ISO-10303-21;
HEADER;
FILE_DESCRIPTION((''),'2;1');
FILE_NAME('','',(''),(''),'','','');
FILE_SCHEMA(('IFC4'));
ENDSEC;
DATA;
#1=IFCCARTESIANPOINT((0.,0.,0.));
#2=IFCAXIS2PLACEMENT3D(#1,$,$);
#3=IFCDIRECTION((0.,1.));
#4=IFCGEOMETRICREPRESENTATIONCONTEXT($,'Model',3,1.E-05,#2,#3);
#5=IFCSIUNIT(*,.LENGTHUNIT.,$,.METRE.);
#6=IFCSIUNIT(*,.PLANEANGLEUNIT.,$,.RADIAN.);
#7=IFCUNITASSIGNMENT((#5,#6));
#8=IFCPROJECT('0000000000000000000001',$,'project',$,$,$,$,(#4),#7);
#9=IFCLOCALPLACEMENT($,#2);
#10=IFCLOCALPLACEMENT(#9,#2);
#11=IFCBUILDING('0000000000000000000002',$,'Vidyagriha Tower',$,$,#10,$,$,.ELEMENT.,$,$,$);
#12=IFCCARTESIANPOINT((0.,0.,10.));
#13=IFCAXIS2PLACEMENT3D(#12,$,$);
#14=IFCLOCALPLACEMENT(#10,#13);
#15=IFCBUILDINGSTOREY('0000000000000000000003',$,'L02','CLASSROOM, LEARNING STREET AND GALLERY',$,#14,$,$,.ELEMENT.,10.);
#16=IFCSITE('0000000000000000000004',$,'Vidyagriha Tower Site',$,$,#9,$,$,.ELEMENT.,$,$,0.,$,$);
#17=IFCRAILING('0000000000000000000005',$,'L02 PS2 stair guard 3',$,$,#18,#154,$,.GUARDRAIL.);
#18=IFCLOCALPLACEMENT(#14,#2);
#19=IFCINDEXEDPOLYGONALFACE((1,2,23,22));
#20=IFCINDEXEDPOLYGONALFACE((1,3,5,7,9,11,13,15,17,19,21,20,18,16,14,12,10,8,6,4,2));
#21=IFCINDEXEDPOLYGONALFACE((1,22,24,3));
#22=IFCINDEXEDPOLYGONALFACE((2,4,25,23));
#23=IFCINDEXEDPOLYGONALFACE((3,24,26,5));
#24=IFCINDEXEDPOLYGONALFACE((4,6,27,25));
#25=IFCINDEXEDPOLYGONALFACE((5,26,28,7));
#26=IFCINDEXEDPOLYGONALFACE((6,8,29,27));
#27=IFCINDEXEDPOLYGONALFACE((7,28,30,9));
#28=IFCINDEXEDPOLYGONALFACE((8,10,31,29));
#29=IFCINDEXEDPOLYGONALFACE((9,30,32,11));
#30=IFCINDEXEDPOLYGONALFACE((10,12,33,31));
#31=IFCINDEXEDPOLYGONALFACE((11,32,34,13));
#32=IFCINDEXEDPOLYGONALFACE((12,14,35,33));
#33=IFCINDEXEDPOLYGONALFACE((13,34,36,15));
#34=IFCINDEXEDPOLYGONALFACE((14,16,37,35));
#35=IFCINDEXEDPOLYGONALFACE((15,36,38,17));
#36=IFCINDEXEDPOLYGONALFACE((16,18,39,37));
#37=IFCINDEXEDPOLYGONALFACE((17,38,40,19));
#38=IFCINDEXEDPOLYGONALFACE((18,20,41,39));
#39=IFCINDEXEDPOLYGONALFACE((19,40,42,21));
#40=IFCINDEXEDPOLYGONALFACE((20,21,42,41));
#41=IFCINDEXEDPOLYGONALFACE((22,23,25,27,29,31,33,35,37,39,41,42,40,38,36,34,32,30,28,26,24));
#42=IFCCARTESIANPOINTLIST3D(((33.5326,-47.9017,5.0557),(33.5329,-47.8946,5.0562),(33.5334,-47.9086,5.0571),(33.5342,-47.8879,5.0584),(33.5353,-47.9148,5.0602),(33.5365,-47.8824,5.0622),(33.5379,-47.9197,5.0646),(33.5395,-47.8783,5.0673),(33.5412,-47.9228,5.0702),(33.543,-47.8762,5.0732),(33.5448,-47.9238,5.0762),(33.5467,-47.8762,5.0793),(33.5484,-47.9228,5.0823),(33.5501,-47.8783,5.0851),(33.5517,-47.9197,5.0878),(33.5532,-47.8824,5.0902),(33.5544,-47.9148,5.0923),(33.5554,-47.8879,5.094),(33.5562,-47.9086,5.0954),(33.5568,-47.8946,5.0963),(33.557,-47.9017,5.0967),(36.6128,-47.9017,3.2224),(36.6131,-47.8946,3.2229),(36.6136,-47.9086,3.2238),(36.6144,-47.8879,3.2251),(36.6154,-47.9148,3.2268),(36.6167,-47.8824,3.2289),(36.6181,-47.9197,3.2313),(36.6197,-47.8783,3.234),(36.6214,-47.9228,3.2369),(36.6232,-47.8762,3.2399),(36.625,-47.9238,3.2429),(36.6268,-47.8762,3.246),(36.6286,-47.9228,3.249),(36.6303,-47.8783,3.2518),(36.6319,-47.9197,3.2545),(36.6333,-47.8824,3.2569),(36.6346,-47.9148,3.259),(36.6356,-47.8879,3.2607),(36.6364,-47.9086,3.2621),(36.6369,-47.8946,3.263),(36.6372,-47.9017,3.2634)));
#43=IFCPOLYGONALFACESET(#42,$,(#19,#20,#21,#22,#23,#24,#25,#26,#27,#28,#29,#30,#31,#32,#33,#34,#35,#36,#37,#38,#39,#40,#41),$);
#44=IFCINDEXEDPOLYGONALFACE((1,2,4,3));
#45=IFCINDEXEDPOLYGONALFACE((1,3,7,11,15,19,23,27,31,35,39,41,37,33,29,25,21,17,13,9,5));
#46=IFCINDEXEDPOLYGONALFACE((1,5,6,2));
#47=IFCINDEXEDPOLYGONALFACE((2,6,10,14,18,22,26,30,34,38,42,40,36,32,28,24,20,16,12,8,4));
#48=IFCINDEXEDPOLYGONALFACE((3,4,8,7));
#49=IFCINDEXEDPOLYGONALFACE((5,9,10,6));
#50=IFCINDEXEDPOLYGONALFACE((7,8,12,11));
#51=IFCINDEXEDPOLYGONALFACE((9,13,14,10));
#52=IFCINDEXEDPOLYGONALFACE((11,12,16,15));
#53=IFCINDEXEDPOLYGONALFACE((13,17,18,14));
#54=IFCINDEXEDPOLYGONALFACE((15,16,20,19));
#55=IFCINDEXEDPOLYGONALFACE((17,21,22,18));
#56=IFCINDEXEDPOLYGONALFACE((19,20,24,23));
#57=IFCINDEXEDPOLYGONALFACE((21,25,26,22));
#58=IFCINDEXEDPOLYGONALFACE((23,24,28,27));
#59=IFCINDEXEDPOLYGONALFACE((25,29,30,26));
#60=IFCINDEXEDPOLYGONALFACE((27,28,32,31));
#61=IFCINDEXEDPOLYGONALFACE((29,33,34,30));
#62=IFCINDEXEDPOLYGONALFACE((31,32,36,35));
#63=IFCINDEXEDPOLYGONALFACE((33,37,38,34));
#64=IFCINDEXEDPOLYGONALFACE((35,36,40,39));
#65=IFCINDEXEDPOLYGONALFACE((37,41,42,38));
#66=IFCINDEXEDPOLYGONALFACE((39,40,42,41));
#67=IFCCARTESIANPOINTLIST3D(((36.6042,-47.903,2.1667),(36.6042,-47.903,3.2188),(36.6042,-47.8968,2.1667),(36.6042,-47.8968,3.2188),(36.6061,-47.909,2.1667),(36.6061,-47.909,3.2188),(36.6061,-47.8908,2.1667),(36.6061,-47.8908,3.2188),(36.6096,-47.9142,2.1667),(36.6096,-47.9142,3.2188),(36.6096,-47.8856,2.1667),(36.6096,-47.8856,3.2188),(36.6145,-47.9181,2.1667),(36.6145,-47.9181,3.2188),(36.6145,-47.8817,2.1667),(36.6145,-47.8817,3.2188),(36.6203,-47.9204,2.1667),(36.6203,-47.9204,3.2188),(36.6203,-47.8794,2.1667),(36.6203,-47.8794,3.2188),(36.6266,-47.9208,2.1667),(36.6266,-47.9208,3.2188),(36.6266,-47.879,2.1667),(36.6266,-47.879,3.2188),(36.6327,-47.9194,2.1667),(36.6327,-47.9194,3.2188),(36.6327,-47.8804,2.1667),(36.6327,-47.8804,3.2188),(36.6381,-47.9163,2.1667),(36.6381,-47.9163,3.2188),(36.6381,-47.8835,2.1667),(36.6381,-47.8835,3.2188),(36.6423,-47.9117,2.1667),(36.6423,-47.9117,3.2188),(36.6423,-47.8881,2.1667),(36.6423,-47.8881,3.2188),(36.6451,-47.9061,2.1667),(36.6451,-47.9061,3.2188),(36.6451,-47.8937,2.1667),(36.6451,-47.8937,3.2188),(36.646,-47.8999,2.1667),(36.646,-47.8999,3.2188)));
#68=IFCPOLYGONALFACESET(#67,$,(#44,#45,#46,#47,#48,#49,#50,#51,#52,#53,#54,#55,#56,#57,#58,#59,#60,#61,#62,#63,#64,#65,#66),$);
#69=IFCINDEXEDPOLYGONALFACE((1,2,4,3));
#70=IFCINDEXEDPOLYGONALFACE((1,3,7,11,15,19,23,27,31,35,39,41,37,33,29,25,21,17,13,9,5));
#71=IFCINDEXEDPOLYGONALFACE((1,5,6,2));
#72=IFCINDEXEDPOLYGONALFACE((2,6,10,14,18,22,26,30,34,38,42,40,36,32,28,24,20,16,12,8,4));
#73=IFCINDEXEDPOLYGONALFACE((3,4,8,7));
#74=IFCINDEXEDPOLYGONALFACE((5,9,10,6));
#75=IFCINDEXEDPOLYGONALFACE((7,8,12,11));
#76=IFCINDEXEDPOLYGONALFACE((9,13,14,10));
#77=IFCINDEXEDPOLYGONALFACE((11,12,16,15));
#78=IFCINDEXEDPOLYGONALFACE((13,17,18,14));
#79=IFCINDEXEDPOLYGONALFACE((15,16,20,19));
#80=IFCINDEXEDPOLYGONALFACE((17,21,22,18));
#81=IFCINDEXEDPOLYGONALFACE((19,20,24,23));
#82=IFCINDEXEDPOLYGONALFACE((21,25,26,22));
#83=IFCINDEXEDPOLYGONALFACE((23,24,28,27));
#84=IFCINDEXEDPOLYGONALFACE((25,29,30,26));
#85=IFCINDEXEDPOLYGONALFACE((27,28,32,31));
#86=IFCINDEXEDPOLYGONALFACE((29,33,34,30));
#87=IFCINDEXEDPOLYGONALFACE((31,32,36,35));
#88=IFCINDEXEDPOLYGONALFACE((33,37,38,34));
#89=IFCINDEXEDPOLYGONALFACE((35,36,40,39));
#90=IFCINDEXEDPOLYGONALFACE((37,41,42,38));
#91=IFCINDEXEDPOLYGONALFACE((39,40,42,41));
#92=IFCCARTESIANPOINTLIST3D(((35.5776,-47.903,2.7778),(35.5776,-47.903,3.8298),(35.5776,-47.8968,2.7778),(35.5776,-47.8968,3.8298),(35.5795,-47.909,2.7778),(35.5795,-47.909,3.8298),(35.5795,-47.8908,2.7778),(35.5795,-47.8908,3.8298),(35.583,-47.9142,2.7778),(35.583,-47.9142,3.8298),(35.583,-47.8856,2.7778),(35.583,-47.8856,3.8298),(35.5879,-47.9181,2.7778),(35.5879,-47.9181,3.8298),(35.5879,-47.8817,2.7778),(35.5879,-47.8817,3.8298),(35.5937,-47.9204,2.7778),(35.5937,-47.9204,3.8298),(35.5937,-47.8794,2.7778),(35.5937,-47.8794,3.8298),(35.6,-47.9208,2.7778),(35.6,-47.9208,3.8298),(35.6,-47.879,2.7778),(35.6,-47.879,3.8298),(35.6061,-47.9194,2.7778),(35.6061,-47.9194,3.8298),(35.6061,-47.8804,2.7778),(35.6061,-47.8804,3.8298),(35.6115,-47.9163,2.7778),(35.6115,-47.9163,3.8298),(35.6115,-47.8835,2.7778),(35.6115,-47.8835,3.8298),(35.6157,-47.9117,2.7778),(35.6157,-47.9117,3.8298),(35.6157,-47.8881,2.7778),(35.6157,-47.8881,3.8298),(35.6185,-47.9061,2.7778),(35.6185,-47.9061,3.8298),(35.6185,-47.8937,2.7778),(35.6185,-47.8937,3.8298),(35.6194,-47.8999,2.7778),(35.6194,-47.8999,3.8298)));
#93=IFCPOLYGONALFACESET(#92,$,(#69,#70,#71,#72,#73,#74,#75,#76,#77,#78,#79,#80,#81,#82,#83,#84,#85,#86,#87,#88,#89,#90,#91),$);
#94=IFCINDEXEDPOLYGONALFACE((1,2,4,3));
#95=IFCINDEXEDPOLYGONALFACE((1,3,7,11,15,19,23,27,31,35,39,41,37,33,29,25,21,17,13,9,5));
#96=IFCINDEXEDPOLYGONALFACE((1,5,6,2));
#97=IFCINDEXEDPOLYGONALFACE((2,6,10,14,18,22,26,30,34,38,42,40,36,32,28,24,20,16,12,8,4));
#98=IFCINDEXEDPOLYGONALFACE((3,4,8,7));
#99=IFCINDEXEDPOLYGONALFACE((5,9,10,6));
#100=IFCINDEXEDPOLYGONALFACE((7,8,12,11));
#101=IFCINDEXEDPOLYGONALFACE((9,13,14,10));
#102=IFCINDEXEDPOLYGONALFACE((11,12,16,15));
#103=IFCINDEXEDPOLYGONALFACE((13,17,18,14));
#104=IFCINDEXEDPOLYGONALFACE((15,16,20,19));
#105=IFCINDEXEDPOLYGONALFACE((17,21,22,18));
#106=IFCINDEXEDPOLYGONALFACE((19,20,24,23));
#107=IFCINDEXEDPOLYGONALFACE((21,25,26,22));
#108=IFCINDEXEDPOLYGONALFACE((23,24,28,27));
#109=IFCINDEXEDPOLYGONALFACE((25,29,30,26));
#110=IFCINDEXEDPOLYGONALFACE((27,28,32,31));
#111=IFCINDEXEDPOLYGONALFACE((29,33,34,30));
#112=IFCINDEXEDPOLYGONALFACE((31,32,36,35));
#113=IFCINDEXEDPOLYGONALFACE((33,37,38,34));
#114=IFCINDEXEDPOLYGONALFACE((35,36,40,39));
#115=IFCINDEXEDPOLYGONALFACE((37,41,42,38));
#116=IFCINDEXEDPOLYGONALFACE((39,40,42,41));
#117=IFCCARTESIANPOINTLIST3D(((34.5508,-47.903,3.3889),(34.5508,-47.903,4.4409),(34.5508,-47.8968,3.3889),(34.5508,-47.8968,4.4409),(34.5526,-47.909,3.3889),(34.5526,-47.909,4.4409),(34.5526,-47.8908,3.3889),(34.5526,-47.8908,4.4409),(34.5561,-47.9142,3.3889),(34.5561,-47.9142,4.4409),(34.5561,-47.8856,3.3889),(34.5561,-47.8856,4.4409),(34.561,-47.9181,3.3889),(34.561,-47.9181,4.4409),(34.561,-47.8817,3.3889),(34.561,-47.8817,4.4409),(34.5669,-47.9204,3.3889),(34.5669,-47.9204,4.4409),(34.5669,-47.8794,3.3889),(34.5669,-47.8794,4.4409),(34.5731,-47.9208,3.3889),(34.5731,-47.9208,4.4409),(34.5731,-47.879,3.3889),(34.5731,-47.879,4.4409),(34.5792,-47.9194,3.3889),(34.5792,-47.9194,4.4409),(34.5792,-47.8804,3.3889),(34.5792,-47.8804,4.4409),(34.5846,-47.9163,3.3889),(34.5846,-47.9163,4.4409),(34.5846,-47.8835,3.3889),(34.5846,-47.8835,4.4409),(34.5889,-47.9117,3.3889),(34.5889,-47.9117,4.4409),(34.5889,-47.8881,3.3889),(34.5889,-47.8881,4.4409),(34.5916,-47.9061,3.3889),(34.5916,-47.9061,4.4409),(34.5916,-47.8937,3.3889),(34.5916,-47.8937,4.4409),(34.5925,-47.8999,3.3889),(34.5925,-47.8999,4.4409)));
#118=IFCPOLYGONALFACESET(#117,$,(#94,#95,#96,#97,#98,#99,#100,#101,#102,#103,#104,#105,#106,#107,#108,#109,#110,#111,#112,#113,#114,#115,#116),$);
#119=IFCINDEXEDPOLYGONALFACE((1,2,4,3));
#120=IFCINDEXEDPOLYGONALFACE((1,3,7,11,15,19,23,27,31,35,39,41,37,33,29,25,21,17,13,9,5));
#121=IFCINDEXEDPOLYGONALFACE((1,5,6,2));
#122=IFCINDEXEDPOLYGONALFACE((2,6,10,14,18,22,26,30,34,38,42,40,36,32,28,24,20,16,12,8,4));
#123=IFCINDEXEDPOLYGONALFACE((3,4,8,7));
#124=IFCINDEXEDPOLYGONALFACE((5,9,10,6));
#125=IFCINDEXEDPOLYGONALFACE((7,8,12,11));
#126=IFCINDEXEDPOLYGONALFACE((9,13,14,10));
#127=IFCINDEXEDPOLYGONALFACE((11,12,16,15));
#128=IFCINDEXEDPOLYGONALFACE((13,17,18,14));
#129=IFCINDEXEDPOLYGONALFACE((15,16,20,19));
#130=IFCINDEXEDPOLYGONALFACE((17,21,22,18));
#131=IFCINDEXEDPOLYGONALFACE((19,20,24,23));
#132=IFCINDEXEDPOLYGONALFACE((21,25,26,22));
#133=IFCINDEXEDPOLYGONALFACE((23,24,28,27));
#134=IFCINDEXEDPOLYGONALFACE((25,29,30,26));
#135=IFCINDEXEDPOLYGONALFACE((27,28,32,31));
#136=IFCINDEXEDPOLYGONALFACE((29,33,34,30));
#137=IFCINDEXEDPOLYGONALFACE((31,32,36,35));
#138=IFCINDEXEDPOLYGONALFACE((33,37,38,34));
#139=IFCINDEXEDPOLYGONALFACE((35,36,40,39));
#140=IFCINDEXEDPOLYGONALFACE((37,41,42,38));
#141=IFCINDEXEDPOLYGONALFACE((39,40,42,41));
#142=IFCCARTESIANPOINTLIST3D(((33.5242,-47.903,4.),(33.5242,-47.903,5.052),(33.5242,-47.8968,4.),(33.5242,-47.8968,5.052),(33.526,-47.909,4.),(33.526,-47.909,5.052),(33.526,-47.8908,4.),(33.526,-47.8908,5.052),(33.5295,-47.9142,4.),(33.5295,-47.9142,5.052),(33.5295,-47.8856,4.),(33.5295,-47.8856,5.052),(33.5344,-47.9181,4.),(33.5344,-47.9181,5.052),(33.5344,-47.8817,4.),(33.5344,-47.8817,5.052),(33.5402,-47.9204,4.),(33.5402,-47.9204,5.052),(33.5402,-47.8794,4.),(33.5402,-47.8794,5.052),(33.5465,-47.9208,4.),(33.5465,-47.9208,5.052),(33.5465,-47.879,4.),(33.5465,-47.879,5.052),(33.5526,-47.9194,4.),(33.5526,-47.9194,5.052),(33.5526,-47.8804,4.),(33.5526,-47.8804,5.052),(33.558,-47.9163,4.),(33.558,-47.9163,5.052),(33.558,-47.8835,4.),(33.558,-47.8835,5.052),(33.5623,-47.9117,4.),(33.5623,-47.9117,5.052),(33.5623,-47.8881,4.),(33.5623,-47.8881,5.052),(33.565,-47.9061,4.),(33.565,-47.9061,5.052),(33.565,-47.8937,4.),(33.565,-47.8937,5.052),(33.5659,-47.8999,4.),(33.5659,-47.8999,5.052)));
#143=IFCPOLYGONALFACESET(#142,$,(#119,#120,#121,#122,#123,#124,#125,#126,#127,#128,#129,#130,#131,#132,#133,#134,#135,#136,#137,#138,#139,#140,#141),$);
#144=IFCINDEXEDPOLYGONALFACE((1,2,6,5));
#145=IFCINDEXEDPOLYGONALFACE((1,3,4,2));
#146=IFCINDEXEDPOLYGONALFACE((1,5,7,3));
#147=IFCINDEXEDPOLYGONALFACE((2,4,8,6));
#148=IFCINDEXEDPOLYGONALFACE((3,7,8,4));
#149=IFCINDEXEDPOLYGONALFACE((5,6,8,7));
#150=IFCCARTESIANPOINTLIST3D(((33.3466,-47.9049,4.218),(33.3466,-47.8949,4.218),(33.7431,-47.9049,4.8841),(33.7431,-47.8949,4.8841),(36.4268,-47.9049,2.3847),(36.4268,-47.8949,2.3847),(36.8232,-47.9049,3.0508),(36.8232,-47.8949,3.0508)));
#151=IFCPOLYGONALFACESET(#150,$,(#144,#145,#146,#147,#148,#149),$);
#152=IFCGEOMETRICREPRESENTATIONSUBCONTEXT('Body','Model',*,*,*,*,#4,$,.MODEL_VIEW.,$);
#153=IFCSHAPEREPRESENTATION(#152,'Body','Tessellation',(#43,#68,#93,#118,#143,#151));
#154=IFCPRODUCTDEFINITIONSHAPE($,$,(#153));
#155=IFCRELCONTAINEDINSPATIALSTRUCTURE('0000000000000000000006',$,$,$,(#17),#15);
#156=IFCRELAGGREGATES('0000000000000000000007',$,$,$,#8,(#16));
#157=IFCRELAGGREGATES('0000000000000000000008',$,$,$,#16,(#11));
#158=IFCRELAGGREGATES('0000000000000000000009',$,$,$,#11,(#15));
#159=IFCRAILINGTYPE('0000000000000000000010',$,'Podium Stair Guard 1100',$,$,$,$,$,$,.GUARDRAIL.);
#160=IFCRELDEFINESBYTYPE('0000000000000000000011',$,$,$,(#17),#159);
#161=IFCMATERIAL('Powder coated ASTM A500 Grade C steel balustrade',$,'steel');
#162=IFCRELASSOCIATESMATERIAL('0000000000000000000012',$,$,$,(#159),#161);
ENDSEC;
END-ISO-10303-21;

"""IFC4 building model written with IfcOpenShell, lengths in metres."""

from ifc_helpers import new_model, si_unit, direction, frame, origin, origin_2d, place, context, subcontext, project, spatial, rectangle, circle, extrude, material, type_object, element, save


model = new_model("IFC4")

# Units and contexts
model_context = context("Model", 3, precision=1e-05, world=origin(), true_north=direction((0.0, 1.0)))
body_context = subcontext(model_context, "Body", "Model", "MODEL_VIEW")
ifc_project = project(units=[si_unit("LENGTHUNIT", "METRE"), si_unit("PLANEANGLEUNIT", "RADIAN")], contexts=[model_context])

# Site, building, storey
site_placement = place(None, origin())
site = spatial("IfcSite", under=ifc_project, at=site_placement, Name="Vidyagriha Tower Site", CompositionType="ELEMENT", RefElevation=0.0)
building_placement = place(site_placement, origin())
building = spatial("IfcBuilding", under=site, at=building_placement, Name="Vidyagriha Tower", CompositionType="ELEMENT")
storey_placement = place(building_placement, frame((0.0, 0.0, 10.0)))
storey = spatial("IfcBuildingStorey", under=building, at=storey_placement, Name="L02", Description="CLASSROOM, LEARNING STREET AND GALLERY", CompositionType="ELEMENT", Elevation=10.0)

# Railing
ifc_material_1 = material(Name="Powder coated ASTM A500 Grade C steel balustrade", Category="steel")
railing_type_1 = type_object("IfcRailingType", Name="Podium Stair Guard 1100", PredefinedType="GUARDRAIL", material=ifc_material_1)
railing_1_placement = place(storey_placement, frame((36.625, -47.8999, 2.1667)))
element("IfcRailing", 1, at=railing_1_placement, inside=storey, type_object=railing_type_1, Name="L02 PS2 stair guard 3", PredefinedType="GUARDRAIL", context=body_context, shape_type="SweptSolid", body=[
    extrude(circle(Radius=0.0239, at=origin_2d()), frame((0.0, 0.0, 1.0762), z_axis=(-0.859309, 0.0, 0.511458), x_axis=(0.0, -1.0, 0.0)), (0.0, 0.0, 1.0), 3.5845),
    extrude(circle(Radius=0.021, at=origin_2d()), origin(), (0.0, 0.0, 1.0), 1.052),
    extrude(circle(Radius=0.021, at=origin_2d()), frame((-1.0266, 0.0, 0.6111)), (0.0, 0.0, 1.0), 1.052),
    extrude(circle(Radius=0.021, at=origin_2d()), frame((-2.0535, 0.0, 1.2222)), (0.0, 0.0, 1.0), 1.052),
    extrude(circle(Radius=0.021, at=origin_2d()), frame((-3.0801, 0.0, 1.8333)), (0.0, 0.0, 1.0), 1.052),
    extrude(rectangle(XDim=0.01, YDim=0.7751, at=origin_2d()), frame((0.0, 0.0, 0.551), z_axis=(-0.859309, 0.0, 0.511458), x_axis=(0.0, -1.0, 0.0)), (0.0, 0.0, 1.0), 3.5845),
])

save(model, "model.ifc")
